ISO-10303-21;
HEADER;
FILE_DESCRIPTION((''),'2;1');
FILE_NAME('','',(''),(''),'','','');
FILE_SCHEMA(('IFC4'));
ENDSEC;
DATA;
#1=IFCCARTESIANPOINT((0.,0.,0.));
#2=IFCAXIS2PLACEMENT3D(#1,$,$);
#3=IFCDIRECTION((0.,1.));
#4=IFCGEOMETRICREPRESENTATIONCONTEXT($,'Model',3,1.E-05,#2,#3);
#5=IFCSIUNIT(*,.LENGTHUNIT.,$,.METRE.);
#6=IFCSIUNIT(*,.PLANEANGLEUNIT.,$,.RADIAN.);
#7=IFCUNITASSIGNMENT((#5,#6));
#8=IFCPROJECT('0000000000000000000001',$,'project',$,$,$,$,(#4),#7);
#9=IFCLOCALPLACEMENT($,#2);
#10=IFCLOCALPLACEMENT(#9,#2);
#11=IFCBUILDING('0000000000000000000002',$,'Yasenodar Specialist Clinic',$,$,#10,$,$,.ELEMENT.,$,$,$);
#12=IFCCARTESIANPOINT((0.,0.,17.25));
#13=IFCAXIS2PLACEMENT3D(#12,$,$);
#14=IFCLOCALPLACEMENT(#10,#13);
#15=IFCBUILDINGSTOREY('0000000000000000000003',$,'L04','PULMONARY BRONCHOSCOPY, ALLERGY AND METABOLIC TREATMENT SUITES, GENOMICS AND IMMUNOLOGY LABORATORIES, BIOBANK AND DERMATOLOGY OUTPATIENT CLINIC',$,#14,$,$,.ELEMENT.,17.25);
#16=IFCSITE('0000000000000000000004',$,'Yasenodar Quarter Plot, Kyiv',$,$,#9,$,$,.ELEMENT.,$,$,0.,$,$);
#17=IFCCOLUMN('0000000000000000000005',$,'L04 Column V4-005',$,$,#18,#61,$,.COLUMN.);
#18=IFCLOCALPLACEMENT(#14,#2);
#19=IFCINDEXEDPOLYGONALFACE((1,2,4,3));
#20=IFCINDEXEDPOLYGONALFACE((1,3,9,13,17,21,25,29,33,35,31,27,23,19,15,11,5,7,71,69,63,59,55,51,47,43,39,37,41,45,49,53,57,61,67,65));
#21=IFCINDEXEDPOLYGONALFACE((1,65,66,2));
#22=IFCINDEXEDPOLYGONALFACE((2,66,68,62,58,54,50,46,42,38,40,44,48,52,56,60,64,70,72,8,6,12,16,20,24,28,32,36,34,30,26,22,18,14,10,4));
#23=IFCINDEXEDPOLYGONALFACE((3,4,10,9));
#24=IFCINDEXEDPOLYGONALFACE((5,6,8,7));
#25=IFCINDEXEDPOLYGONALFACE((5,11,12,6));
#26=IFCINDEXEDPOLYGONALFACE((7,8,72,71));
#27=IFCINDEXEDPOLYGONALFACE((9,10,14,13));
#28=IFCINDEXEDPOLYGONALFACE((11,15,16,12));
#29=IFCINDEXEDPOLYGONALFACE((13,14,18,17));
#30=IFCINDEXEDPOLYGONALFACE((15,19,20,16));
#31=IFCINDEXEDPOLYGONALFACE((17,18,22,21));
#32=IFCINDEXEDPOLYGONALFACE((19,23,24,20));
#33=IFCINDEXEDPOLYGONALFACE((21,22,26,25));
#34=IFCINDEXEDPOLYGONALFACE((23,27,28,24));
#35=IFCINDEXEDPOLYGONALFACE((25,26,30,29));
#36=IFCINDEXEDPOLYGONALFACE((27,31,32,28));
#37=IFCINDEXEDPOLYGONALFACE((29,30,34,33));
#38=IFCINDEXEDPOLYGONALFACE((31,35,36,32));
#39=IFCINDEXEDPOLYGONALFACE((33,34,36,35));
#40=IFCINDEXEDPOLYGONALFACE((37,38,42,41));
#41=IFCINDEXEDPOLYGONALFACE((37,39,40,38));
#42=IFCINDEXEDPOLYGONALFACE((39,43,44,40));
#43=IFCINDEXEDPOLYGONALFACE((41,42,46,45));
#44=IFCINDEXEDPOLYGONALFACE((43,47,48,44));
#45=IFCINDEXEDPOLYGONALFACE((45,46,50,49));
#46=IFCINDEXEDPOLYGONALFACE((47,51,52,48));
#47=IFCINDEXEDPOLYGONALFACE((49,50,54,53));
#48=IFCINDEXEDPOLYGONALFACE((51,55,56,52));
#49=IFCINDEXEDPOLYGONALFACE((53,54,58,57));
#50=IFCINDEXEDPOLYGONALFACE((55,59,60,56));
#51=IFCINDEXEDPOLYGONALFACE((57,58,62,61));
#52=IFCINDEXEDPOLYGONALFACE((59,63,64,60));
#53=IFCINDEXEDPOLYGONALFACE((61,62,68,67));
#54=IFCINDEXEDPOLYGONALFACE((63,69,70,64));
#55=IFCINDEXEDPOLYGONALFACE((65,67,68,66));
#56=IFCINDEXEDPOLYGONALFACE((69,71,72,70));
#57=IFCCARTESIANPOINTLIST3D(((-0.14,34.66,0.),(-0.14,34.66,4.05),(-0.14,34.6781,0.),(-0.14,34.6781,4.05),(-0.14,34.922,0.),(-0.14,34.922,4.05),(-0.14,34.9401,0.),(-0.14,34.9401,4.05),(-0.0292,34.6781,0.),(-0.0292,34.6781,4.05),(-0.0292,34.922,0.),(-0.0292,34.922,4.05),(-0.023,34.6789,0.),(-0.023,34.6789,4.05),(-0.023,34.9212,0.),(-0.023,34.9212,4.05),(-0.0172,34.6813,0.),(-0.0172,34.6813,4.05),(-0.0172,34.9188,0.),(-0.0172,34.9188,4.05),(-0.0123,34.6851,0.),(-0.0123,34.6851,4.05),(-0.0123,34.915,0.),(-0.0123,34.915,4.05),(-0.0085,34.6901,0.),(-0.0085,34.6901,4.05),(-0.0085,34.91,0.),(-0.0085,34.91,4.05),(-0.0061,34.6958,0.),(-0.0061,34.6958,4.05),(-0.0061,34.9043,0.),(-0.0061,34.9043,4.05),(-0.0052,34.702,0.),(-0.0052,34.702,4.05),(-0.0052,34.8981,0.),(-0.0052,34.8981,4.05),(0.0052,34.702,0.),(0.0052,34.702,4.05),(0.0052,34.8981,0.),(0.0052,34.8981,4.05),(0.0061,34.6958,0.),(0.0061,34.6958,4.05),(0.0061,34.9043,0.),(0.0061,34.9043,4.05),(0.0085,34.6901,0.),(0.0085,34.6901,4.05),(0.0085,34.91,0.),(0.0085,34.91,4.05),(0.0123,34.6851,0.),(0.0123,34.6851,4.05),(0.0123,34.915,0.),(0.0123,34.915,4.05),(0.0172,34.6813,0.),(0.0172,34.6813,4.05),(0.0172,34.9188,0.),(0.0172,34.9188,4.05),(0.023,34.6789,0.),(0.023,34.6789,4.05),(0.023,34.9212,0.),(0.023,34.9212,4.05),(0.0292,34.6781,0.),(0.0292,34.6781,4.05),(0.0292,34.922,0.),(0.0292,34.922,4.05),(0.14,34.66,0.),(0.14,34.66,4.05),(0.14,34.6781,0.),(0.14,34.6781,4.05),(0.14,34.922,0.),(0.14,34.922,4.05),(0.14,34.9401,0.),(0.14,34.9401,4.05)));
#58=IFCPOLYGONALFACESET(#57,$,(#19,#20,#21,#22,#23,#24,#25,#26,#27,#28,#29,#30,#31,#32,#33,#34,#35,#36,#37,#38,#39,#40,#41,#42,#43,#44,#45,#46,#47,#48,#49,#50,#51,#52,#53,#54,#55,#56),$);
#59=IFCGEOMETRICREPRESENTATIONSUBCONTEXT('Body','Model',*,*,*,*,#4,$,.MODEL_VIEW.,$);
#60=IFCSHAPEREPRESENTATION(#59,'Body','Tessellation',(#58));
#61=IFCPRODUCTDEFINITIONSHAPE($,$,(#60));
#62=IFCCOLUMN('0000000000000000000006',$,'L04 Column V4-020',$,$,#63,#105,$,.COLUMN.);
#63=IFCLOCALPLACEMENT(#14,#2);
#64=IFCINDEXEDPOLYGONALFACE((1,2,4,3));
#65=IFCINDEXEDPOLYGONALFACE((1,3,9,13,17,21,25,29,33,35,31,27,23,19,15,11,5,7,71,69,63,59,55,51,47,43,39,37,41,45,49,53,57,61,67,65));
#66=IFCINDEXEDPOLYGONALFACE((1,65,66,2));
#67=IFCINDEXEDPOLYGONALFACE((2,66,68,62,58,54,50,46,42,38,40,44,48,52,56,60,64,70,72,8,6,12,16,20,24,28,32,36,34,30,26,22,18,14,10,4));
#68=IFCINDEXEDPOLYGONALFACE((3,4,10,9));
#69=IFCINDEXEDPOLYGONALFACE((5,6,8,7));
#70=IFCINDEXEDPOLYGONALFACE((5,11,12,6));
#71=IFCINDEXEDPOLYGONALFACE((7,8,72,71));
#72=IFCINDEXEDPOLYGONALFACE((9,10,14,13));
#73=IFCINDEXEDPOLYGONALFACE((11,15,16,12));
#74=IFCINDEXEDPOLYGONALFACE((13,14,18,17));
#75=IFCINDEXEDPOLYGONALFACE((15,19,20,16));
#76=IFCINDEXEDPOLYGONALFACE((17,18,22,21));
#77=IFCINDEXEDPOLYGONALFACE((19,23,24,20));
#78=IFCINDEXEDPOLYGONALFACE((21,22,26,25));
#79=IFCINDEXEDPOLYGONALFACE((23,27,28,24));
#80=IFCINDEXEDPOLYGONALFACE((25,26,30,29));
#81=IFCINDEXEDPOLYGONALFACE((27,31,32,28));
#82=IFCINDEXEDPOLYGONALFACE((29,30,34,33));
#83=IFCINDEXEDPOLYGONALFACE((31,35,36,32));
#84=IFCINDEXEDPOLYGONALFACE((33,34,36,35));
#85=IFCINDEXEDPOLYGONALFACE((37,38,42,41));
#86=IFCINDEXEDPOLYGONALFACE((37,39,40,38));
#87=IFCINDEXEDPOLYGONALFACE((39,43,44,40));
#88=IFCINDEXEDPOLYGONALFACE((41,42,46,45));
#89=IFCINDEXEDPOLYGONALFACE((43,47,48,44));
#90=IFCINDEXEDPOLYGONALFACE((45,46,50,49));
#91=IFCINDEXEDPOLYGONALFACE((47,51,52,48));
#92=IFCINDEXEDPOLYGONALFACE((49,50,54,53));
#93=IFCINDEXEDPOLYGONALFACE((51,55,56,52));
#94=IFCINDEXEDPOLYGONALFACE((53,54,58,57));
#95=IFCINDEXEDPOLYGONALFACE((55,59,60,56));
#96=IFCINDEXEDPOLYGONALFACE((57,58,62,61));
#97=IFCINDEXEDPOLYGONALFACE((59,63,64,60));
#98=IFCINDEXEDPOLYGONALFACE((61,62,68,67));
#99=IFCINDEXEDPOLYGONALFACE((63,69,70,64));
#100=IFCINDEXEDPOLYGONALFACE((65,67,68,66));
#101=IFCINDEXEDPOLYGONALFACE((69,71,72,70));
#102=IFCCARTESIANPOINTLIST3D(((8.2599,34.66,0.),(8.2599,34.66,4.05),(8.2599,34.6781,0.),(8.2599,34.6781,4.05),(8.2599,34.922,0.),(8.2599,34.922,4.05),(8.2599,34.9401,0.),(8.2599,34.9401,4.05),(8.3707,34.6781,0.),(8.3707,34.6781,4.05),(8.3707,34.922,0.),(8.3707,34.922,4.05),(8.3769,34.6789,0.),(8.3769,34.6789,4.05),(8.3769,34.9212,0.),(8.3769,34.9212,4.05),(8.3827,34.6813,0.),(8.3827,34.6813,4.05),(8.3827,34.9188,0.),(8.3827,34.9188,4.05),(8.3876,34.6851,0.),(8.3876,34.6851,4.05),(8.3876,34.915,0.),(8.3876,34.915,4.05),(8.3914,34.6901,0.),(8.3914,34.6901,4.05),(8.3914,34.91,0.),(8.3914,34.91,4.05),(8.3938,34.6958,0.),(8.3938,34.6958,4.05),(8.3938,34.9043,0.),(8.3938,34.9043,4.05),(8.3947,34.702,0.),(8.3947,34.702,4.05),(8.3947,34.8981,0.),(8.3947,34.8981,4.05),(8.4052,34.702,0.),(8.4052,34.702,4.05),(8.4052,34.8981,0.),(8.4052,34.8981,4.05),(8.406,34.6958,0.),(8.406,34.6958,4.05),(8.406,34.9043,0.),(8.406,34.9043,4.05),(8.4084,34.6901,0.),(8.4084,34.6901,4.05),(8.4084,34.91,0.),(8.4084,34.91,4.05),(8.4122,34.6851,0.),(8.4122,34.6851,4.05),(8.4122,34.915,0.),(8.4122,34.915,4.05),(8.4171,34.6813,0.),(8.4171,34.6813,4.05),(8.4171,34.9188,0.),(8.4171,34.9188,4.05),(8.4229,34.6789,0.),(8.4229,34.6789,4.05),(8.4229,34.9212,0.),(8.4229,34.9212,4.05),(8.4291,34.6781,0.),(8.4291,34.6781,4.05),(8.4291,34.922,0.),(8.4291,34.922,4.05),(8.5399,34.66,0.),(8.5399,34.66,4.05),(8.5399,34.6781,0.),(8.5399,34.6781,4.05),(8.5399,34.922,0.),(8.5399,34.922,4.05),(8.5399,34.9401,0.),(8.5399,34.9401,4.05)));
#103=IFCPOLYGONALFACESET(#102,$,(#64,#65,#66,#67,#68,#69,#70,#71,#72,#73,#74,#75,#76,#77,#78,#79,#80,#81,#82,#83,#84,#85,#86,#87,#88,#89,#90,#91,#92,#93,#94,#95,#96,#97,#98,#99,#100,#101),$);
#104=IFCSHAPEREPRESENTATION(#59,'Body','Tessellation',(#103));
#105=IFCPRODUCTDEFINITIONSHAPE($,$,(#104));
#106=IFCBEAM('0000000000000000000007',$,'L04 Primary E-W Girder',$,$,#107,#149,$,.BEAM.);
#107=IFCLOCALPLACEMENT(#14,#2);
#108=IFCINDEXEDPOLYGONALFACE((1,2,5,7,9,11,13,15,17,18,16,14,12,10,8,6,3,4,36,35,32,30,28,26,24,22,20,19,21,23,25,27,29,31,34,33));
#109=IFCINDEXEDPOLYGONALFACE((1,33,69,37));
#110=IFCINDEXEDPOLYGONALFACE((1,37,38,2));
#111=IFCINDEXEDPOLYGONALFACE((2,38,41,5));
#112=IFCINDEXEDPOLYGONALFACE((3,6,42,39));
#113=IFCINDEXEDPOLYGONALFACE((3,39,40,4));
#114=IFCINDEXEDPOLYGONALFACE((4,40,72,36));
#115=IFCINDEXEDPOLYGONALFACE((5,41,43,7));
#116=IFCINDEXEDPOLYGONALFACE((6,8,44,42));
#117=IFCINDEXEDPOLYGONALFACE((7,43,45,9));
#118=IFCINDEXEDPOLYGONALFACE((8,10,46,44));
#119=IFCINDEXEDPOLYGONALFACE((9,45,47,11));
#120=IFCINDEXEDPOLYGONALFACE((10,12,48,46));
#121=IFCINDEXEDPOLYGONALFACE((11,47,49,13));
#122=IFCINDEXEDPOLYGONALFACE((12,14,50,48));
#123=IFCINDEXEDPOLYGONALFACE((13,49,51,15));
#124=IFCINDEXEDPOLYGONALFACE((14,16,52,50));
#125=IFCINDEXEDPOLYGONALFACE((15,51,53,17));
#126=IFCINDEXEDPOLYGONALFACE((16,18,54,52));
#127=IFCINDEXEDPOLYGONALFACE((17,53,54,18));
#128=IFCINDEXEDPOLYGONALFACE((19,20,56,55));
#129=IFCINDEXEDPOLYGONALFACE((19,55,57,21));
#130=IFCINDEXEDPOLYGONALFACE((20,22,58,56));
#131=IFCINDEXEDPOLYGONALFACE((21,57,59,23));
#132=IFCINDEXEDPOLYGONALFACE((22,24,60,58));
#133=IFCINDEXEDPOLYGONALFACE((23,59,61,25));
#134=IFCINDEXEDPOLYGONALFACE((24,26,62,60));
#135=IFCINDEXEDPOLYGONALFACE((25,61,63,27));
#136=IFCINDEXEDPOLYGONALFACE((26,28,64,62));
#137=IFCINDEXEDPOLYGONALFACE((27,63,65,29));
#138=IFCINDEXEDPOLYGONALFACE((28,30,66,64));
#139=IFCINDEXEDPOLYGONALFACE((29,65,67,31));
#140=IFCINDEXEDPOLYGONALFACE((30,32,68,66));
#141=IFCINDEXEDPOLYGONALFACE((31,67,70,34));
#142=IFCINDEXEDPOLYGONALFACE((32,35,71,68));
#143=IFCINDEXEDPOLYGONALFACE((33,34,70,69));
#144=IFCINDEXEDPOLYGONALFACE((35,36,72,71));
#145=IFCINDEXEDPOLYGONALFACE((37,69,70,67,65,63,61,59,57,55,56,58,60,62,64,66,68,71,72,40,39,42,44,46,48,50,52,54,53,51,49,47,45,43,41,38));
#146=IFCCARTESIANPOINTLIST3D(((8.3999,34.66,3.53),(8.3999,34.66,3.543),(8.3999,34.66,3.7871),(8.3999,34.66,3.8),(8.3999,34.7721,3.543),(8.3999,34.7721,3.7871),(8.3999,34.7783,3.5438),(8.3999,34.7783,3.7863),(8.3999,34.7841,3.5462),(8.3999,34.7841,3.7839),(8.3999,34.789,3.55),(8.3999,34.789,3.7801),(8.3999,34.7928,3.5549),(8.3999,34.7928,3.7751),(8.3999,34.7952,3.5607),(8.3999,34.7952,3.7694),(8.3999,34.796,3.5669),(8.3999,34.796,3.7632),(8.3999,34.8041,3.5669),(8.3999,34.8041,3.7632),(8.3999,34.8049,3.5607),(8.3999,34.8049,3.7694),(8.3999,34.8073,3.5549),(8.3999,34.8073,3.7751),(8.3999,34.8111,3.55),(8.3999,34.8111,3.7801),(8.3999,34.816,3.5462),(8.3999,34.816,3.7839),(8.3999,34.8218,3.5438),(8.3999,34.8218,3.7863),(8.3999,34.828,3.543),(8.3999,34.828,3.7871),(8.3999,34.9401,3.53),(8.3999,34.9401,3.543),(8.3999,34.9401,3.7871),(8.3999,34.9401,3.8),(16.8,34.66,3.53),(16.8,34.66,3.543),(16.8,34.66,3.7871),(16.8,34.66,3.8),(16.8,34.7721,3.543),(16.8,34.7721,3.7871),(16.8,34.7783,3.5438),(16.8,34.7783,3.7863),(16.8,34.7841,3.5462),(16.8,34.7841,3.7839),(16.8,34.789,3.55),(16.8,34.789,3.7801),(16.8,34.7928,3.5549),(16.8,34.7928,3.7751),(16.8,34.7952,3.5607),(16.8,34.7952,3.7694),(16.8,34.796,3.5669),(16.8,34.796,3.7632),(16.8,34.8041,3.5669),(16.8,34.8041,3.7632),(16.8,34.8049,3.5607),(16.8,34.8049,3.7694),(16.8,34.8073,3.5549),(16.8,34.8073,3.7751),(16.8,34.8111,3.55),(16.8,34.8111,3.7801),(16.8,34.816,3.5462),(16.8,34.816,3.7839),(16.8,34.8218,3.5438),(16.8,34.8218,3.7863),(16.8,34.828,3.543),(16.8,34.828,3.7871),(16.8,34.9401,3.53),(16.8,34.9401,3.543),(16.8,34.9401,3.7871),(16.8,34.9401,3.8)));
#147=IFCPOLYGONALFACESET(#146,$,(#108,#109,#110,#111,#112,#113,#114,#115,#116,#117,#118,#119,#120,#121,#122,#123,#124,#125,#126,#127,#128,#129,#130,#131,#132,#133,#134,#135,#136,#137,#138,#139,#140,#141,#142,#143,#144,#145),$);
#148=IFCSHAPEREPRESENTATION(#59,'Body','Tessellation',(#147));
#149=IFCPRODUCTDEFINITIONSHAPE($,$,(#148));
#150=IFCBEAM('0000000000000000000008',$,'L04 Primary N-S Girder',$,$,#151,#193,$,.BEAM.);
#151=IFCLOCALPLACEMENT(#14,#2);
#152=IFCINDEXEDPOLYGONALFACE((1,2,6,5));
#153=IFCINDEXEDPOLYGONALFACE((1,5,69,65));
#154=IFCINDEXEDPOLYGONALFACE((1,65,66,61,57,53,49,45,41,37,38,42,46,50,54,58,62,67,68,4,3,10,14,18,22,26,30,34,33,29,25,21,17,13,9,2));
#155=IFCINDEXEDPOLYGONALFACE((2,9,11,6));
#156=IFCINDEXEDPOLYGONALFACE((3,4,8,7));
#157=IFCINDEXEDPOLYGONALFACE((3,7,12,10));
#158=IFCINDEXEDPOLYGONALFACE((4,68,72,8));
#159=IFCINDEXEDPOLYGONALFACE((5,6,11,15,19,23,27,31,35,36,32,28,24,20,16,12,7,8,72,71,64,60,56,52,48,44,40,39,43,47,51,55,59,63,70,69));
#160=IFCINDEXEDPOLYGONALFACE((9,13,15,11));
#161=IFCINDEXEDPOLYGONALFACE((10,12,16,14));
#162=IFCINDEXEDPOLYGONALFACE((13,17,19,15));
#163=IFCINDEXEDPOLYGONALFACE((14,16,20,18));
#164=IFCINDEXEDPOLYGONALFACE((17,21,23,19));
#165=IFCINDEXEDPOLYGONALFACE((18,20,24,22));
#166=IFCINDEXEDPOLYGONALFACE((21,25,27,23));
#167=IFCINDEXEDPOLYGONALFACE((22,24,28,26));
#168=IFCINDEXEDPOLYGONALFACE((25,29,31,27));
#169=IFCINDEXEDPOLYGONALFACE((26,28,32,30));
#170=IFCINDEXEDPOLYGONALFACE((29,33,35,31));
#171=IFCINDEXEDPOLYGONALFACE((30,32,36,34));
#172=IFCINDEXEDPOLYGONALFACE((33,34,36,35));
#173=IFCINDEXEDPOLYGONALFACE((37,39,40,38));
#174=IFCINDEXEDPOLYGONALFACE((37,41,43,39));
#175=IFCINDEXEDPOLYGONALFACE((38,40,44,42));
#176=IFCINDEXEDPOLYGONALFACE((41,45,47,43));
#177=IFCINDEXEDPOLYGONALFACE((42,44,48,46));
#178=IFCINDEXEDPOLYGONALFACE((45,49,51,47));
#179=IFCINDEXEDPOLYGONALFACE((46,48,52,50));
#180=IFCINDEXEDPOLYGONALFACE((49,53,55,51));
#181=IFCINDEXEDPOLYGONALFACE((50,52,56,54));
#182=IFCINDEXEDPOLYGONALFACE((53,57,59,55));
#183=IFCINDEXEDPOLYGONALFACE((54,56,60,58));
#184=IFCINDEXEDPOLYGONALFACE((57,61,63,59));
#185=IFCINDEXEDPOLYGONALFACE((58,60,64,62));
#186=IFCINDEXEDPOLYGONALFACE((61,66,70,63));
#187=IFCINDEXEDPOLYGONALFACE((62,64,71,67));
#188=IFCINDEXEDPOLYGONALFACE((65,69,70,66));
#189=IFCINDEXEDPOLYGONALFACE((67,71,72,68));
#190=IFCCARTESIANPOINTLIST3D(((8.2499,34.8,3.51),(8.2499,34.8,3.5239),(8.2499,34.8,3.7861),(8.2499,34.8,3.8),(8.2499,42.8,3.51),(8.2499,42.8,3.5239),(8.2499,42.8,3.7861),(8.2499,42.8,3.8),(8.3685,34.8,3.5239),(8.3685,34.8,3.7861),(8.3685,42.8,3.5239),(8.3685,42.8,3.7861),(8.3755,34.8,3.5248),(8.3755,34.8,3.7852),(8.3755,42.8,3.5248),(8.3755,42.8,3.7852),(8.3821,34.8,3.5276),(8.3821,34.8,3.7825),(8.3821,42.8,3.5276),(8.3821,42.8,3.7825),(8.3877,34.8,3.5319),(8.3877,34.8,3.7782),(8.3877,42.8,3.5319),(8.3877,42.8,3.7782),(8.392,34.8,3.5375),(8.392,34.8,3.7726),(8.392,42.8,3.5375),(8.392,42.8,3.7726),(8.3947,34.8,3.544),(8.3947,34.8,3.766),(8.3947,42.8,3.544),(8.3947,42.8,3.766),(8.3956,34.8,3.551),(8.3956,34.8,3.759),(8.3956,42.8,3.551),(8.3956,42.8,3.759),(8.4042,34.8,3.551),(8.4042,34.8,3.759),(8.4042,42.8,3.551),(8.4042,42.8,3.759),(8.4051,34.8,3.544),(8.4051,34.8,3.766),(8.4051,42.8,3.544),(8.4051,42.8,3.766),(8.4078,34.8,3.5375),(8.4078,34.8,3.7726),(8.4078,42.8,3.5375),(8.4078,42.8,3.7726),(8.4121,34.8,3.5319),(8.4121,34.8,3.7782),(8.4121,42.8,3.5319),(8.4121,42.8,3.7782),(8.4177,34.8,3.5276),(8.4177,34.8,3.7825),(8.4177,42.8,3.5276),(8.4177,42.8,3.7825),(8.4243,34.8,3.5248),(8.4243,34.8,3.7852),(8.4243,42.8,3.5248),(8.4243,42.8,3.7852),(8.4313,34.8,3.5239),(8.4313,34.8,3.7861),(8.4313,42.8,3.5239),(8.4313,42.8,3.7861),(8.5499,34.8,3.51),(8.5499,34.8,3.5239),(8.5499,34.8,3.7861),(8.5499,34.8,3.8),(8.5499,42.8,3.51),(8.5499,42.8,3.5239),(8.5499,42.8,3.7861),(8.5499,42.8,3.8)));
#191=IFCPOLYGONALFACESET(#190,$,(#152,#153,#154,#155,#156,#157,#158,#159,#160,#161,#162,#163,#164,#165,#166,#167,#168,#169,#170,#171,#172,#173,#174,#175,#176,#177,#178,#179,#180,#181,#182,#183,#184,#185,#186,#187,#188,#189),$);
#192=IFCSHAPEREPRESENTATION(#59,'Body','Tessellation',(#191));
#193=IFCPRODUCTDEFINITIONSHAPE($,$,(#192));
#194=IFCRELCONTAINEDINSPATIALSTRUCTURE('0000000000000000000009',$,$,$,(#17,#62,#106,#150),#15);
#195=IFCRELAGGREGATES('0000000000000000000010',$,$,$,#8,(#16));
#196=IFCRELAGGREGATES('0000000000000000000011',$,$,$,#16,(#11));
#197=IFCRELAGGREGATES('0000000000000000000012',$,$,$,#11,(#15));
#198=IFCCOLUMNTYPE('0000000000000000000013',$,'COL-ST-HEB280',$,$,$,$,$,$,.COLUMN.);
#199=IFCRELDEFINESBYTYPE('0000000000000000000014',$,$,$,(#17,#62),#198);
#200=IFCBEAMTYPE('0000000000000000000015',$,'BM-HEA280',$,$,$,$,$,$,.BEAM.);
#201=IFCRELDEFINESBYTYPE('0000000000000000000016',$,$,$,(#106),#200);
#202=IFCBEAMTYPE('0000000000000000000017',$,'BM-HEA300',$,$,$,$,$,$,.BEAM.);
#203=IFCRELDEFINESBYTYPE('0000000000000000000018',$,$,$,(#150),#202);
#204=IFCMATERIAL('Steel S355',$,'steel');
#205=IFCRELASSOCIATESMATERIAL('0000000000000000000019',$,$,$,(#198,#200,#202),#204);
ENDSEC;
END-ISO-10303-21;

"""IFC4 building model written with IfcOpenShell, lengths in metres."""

from ifc_helpers import new_model, si_unit, direction, frame, origin, origin_2d, place, context, subcontext, project, spatial, i_section, extrude, material, material_profile, profile_set, type_object, element, save


model = new_model("IFC4")

# Units and contexts
model_context = context("Model", 3, precision=1e-05, world=origin(), true_north=direction((0.0, 1.0)))
body_context = subcontext(model_context, "Body", "Model", "MODEL_VIEW")
ifc_project = project(units=[si_unit("LENGTHUNIT", "METRE"), si_unit("PLANEANGLEUNIT", "RADIAN")], contexts=[model_context])

# Site, building, storey
site_placement = place(None, origin())
site = spatial("IfcSite", under=ifc_project, at=site_placement, Name="Yasenodar Quarter Plot, Kyiv", CompositionType="ELEMENT", RefElevation=0.0)
building_placement = place(site_placement, origin())
building = spatial("IfcBuilding", under=site, at=building_placement, Name="Yasenodar Specialist Clinic", CompositionType="ELEMENT")
storey_placement = place(building_placement, frame((0.0, 0.0, 17.25)))
storey = spatial("IfcBuildingStorey", under=building, at=storey_placement, Name="L04", Description="PULMONARY BRONCHOSCOPY, ALLERGY AND METABOLIC TREATMENT SUITES, GENOMICS AND IMMUNOLOGY LABORATORIES, BIOBANK AND DERMATOLOGY OUTPATIENT CLINIC", CompositionType="ELEMENT", Elevation=17.25)

# Columns
ifc_material_1 = material(Name="Steel S355", Category="steel")
ifc_material_profile_1 = material_profile(ifc_material_1, i_section(OverallWidth=0.28, OverallDepth=0.28, WebThickness=0.0105, FlangeThickness=0.0181, FilletRadius=0.0239, at=origin_2d()), Name="HEB 280")
ifc_profile_set_1 = profile_set([ifc_material_profile_1], Name="Steel S355")
column_type = type_object("IfcColumnType", Name="COL-ST-HEB280", PredefinedType="COLUMN", material=ifc_profile_set_1)
for number, where, z_axis, x_axis, name in (
    (1, (0.0, 34.8, 0.0), (0.0, 0.0, 1.0), (1.0, 0.0, 0.0), "L04 Column V4-005"),
    (2, (8.3999, 34.8, 0.0), (0.0, 0.0, 1.0), (1.0, 0.0, 0.0), "L04 Column V4-020"),
):
    element("IfcColumn", number, at=place(storey_placement, frame(where, z_axis=z_axis, x_axis=x_axis)), inside=storey, type_object=column_type, Name=name, PredefinedType="COLUMN", context=body_context, shape_type="SweptSolid", body=[
        extrude(i_section(OverallWidth=0.28, OverallDepth=0.28, WebThickness=0.0105, FlangeThickness=0.0181, FilletRadius=0.0239, at=origin_2d()), origin(), (0.0, 0.0, 1.0), 4.05),
    ])

# Beams
ifc_material_profile_2 = material_profile(ifc_material_1, i_section(OverallWidth=0.28, OverallDepth=0.27, WebThickness=0.0081, FlangeThickness=0.0129, FilletRadius=0.0239, at=origin_2d()), Name="HEA 280")
ifc_profile_set_2 = profile_set([ifc_material_profile_2], Name="Steel S355")
beam_type_1 = type_object("IfcBeamType", Name="BM-HEA280", PredefinedType="BEAM", material=ifc_profile_set_2)
beam_1_placement = place(storey_placement, frame((8.3999, 34.8, 3.665), z_axis=(1.0, 0.0, 0.0), x_axis=(0.0, 1.0, 0.0)))
element("IfcBeam", 3, at=beam_1_placement, inside=storey, type_object=beam_type_1, Name="L04 Primary E-W Girder", PredefinedType="BEAM", context=body_context, shape_type="SweptSolid", body=[
    extrude(i_section(OverallWidth=0.28, OverallDepth=0.27, WebThickness=0.0081, FlangeThickness=0.0129, FilletRadius=0.0239, at=origin_2d()), origin(), (0.0, 0.0, 1.0), 8.4001),
])
ifc_material_profile_3 = material_profile(ifc_material_1, i_section(OverallWidth=0.3, OverallDepth=0.29, WebThickness=0.0085, FlangeThickness=0.0139, FilletRadius=0.0271, at=origin_2d()), Name="HEA 300")
ifc_profile_set_3 = profile_set([ifc_material_profile_3], Name="Steel S355")
beam_type_2 = type_object("IfcBeamType", Name="BM-HEA300", PredefinedType="BEAM", material=ifc_profile_set_3)
beam_2_placement = place(storey_placement, frame((8.3999, 34.8, 3.655), z_axis=(0.0, 1.0, 0.0), x_axis=(-1.0, 0.0, 0.0)))
element("IfcBeam", 4, at=beam_2_placement, inside=storey, type_object=beam_type_2, Name="L04 Primary N-S Girder", PredefinedType="BEAM", context=body_context, shape_type="SweptSolid", body=[
    extrude(i_section(OverallWidth=0.3, OverallDepth=0.29, WebThickness=0.0085, FlangeThickness=0.0139, FilletRadius=0.0271, at=origin_2d()), origin(), (0.0, 0.0, 1.0), 8.0),
])

save(model, "model.ifc")
